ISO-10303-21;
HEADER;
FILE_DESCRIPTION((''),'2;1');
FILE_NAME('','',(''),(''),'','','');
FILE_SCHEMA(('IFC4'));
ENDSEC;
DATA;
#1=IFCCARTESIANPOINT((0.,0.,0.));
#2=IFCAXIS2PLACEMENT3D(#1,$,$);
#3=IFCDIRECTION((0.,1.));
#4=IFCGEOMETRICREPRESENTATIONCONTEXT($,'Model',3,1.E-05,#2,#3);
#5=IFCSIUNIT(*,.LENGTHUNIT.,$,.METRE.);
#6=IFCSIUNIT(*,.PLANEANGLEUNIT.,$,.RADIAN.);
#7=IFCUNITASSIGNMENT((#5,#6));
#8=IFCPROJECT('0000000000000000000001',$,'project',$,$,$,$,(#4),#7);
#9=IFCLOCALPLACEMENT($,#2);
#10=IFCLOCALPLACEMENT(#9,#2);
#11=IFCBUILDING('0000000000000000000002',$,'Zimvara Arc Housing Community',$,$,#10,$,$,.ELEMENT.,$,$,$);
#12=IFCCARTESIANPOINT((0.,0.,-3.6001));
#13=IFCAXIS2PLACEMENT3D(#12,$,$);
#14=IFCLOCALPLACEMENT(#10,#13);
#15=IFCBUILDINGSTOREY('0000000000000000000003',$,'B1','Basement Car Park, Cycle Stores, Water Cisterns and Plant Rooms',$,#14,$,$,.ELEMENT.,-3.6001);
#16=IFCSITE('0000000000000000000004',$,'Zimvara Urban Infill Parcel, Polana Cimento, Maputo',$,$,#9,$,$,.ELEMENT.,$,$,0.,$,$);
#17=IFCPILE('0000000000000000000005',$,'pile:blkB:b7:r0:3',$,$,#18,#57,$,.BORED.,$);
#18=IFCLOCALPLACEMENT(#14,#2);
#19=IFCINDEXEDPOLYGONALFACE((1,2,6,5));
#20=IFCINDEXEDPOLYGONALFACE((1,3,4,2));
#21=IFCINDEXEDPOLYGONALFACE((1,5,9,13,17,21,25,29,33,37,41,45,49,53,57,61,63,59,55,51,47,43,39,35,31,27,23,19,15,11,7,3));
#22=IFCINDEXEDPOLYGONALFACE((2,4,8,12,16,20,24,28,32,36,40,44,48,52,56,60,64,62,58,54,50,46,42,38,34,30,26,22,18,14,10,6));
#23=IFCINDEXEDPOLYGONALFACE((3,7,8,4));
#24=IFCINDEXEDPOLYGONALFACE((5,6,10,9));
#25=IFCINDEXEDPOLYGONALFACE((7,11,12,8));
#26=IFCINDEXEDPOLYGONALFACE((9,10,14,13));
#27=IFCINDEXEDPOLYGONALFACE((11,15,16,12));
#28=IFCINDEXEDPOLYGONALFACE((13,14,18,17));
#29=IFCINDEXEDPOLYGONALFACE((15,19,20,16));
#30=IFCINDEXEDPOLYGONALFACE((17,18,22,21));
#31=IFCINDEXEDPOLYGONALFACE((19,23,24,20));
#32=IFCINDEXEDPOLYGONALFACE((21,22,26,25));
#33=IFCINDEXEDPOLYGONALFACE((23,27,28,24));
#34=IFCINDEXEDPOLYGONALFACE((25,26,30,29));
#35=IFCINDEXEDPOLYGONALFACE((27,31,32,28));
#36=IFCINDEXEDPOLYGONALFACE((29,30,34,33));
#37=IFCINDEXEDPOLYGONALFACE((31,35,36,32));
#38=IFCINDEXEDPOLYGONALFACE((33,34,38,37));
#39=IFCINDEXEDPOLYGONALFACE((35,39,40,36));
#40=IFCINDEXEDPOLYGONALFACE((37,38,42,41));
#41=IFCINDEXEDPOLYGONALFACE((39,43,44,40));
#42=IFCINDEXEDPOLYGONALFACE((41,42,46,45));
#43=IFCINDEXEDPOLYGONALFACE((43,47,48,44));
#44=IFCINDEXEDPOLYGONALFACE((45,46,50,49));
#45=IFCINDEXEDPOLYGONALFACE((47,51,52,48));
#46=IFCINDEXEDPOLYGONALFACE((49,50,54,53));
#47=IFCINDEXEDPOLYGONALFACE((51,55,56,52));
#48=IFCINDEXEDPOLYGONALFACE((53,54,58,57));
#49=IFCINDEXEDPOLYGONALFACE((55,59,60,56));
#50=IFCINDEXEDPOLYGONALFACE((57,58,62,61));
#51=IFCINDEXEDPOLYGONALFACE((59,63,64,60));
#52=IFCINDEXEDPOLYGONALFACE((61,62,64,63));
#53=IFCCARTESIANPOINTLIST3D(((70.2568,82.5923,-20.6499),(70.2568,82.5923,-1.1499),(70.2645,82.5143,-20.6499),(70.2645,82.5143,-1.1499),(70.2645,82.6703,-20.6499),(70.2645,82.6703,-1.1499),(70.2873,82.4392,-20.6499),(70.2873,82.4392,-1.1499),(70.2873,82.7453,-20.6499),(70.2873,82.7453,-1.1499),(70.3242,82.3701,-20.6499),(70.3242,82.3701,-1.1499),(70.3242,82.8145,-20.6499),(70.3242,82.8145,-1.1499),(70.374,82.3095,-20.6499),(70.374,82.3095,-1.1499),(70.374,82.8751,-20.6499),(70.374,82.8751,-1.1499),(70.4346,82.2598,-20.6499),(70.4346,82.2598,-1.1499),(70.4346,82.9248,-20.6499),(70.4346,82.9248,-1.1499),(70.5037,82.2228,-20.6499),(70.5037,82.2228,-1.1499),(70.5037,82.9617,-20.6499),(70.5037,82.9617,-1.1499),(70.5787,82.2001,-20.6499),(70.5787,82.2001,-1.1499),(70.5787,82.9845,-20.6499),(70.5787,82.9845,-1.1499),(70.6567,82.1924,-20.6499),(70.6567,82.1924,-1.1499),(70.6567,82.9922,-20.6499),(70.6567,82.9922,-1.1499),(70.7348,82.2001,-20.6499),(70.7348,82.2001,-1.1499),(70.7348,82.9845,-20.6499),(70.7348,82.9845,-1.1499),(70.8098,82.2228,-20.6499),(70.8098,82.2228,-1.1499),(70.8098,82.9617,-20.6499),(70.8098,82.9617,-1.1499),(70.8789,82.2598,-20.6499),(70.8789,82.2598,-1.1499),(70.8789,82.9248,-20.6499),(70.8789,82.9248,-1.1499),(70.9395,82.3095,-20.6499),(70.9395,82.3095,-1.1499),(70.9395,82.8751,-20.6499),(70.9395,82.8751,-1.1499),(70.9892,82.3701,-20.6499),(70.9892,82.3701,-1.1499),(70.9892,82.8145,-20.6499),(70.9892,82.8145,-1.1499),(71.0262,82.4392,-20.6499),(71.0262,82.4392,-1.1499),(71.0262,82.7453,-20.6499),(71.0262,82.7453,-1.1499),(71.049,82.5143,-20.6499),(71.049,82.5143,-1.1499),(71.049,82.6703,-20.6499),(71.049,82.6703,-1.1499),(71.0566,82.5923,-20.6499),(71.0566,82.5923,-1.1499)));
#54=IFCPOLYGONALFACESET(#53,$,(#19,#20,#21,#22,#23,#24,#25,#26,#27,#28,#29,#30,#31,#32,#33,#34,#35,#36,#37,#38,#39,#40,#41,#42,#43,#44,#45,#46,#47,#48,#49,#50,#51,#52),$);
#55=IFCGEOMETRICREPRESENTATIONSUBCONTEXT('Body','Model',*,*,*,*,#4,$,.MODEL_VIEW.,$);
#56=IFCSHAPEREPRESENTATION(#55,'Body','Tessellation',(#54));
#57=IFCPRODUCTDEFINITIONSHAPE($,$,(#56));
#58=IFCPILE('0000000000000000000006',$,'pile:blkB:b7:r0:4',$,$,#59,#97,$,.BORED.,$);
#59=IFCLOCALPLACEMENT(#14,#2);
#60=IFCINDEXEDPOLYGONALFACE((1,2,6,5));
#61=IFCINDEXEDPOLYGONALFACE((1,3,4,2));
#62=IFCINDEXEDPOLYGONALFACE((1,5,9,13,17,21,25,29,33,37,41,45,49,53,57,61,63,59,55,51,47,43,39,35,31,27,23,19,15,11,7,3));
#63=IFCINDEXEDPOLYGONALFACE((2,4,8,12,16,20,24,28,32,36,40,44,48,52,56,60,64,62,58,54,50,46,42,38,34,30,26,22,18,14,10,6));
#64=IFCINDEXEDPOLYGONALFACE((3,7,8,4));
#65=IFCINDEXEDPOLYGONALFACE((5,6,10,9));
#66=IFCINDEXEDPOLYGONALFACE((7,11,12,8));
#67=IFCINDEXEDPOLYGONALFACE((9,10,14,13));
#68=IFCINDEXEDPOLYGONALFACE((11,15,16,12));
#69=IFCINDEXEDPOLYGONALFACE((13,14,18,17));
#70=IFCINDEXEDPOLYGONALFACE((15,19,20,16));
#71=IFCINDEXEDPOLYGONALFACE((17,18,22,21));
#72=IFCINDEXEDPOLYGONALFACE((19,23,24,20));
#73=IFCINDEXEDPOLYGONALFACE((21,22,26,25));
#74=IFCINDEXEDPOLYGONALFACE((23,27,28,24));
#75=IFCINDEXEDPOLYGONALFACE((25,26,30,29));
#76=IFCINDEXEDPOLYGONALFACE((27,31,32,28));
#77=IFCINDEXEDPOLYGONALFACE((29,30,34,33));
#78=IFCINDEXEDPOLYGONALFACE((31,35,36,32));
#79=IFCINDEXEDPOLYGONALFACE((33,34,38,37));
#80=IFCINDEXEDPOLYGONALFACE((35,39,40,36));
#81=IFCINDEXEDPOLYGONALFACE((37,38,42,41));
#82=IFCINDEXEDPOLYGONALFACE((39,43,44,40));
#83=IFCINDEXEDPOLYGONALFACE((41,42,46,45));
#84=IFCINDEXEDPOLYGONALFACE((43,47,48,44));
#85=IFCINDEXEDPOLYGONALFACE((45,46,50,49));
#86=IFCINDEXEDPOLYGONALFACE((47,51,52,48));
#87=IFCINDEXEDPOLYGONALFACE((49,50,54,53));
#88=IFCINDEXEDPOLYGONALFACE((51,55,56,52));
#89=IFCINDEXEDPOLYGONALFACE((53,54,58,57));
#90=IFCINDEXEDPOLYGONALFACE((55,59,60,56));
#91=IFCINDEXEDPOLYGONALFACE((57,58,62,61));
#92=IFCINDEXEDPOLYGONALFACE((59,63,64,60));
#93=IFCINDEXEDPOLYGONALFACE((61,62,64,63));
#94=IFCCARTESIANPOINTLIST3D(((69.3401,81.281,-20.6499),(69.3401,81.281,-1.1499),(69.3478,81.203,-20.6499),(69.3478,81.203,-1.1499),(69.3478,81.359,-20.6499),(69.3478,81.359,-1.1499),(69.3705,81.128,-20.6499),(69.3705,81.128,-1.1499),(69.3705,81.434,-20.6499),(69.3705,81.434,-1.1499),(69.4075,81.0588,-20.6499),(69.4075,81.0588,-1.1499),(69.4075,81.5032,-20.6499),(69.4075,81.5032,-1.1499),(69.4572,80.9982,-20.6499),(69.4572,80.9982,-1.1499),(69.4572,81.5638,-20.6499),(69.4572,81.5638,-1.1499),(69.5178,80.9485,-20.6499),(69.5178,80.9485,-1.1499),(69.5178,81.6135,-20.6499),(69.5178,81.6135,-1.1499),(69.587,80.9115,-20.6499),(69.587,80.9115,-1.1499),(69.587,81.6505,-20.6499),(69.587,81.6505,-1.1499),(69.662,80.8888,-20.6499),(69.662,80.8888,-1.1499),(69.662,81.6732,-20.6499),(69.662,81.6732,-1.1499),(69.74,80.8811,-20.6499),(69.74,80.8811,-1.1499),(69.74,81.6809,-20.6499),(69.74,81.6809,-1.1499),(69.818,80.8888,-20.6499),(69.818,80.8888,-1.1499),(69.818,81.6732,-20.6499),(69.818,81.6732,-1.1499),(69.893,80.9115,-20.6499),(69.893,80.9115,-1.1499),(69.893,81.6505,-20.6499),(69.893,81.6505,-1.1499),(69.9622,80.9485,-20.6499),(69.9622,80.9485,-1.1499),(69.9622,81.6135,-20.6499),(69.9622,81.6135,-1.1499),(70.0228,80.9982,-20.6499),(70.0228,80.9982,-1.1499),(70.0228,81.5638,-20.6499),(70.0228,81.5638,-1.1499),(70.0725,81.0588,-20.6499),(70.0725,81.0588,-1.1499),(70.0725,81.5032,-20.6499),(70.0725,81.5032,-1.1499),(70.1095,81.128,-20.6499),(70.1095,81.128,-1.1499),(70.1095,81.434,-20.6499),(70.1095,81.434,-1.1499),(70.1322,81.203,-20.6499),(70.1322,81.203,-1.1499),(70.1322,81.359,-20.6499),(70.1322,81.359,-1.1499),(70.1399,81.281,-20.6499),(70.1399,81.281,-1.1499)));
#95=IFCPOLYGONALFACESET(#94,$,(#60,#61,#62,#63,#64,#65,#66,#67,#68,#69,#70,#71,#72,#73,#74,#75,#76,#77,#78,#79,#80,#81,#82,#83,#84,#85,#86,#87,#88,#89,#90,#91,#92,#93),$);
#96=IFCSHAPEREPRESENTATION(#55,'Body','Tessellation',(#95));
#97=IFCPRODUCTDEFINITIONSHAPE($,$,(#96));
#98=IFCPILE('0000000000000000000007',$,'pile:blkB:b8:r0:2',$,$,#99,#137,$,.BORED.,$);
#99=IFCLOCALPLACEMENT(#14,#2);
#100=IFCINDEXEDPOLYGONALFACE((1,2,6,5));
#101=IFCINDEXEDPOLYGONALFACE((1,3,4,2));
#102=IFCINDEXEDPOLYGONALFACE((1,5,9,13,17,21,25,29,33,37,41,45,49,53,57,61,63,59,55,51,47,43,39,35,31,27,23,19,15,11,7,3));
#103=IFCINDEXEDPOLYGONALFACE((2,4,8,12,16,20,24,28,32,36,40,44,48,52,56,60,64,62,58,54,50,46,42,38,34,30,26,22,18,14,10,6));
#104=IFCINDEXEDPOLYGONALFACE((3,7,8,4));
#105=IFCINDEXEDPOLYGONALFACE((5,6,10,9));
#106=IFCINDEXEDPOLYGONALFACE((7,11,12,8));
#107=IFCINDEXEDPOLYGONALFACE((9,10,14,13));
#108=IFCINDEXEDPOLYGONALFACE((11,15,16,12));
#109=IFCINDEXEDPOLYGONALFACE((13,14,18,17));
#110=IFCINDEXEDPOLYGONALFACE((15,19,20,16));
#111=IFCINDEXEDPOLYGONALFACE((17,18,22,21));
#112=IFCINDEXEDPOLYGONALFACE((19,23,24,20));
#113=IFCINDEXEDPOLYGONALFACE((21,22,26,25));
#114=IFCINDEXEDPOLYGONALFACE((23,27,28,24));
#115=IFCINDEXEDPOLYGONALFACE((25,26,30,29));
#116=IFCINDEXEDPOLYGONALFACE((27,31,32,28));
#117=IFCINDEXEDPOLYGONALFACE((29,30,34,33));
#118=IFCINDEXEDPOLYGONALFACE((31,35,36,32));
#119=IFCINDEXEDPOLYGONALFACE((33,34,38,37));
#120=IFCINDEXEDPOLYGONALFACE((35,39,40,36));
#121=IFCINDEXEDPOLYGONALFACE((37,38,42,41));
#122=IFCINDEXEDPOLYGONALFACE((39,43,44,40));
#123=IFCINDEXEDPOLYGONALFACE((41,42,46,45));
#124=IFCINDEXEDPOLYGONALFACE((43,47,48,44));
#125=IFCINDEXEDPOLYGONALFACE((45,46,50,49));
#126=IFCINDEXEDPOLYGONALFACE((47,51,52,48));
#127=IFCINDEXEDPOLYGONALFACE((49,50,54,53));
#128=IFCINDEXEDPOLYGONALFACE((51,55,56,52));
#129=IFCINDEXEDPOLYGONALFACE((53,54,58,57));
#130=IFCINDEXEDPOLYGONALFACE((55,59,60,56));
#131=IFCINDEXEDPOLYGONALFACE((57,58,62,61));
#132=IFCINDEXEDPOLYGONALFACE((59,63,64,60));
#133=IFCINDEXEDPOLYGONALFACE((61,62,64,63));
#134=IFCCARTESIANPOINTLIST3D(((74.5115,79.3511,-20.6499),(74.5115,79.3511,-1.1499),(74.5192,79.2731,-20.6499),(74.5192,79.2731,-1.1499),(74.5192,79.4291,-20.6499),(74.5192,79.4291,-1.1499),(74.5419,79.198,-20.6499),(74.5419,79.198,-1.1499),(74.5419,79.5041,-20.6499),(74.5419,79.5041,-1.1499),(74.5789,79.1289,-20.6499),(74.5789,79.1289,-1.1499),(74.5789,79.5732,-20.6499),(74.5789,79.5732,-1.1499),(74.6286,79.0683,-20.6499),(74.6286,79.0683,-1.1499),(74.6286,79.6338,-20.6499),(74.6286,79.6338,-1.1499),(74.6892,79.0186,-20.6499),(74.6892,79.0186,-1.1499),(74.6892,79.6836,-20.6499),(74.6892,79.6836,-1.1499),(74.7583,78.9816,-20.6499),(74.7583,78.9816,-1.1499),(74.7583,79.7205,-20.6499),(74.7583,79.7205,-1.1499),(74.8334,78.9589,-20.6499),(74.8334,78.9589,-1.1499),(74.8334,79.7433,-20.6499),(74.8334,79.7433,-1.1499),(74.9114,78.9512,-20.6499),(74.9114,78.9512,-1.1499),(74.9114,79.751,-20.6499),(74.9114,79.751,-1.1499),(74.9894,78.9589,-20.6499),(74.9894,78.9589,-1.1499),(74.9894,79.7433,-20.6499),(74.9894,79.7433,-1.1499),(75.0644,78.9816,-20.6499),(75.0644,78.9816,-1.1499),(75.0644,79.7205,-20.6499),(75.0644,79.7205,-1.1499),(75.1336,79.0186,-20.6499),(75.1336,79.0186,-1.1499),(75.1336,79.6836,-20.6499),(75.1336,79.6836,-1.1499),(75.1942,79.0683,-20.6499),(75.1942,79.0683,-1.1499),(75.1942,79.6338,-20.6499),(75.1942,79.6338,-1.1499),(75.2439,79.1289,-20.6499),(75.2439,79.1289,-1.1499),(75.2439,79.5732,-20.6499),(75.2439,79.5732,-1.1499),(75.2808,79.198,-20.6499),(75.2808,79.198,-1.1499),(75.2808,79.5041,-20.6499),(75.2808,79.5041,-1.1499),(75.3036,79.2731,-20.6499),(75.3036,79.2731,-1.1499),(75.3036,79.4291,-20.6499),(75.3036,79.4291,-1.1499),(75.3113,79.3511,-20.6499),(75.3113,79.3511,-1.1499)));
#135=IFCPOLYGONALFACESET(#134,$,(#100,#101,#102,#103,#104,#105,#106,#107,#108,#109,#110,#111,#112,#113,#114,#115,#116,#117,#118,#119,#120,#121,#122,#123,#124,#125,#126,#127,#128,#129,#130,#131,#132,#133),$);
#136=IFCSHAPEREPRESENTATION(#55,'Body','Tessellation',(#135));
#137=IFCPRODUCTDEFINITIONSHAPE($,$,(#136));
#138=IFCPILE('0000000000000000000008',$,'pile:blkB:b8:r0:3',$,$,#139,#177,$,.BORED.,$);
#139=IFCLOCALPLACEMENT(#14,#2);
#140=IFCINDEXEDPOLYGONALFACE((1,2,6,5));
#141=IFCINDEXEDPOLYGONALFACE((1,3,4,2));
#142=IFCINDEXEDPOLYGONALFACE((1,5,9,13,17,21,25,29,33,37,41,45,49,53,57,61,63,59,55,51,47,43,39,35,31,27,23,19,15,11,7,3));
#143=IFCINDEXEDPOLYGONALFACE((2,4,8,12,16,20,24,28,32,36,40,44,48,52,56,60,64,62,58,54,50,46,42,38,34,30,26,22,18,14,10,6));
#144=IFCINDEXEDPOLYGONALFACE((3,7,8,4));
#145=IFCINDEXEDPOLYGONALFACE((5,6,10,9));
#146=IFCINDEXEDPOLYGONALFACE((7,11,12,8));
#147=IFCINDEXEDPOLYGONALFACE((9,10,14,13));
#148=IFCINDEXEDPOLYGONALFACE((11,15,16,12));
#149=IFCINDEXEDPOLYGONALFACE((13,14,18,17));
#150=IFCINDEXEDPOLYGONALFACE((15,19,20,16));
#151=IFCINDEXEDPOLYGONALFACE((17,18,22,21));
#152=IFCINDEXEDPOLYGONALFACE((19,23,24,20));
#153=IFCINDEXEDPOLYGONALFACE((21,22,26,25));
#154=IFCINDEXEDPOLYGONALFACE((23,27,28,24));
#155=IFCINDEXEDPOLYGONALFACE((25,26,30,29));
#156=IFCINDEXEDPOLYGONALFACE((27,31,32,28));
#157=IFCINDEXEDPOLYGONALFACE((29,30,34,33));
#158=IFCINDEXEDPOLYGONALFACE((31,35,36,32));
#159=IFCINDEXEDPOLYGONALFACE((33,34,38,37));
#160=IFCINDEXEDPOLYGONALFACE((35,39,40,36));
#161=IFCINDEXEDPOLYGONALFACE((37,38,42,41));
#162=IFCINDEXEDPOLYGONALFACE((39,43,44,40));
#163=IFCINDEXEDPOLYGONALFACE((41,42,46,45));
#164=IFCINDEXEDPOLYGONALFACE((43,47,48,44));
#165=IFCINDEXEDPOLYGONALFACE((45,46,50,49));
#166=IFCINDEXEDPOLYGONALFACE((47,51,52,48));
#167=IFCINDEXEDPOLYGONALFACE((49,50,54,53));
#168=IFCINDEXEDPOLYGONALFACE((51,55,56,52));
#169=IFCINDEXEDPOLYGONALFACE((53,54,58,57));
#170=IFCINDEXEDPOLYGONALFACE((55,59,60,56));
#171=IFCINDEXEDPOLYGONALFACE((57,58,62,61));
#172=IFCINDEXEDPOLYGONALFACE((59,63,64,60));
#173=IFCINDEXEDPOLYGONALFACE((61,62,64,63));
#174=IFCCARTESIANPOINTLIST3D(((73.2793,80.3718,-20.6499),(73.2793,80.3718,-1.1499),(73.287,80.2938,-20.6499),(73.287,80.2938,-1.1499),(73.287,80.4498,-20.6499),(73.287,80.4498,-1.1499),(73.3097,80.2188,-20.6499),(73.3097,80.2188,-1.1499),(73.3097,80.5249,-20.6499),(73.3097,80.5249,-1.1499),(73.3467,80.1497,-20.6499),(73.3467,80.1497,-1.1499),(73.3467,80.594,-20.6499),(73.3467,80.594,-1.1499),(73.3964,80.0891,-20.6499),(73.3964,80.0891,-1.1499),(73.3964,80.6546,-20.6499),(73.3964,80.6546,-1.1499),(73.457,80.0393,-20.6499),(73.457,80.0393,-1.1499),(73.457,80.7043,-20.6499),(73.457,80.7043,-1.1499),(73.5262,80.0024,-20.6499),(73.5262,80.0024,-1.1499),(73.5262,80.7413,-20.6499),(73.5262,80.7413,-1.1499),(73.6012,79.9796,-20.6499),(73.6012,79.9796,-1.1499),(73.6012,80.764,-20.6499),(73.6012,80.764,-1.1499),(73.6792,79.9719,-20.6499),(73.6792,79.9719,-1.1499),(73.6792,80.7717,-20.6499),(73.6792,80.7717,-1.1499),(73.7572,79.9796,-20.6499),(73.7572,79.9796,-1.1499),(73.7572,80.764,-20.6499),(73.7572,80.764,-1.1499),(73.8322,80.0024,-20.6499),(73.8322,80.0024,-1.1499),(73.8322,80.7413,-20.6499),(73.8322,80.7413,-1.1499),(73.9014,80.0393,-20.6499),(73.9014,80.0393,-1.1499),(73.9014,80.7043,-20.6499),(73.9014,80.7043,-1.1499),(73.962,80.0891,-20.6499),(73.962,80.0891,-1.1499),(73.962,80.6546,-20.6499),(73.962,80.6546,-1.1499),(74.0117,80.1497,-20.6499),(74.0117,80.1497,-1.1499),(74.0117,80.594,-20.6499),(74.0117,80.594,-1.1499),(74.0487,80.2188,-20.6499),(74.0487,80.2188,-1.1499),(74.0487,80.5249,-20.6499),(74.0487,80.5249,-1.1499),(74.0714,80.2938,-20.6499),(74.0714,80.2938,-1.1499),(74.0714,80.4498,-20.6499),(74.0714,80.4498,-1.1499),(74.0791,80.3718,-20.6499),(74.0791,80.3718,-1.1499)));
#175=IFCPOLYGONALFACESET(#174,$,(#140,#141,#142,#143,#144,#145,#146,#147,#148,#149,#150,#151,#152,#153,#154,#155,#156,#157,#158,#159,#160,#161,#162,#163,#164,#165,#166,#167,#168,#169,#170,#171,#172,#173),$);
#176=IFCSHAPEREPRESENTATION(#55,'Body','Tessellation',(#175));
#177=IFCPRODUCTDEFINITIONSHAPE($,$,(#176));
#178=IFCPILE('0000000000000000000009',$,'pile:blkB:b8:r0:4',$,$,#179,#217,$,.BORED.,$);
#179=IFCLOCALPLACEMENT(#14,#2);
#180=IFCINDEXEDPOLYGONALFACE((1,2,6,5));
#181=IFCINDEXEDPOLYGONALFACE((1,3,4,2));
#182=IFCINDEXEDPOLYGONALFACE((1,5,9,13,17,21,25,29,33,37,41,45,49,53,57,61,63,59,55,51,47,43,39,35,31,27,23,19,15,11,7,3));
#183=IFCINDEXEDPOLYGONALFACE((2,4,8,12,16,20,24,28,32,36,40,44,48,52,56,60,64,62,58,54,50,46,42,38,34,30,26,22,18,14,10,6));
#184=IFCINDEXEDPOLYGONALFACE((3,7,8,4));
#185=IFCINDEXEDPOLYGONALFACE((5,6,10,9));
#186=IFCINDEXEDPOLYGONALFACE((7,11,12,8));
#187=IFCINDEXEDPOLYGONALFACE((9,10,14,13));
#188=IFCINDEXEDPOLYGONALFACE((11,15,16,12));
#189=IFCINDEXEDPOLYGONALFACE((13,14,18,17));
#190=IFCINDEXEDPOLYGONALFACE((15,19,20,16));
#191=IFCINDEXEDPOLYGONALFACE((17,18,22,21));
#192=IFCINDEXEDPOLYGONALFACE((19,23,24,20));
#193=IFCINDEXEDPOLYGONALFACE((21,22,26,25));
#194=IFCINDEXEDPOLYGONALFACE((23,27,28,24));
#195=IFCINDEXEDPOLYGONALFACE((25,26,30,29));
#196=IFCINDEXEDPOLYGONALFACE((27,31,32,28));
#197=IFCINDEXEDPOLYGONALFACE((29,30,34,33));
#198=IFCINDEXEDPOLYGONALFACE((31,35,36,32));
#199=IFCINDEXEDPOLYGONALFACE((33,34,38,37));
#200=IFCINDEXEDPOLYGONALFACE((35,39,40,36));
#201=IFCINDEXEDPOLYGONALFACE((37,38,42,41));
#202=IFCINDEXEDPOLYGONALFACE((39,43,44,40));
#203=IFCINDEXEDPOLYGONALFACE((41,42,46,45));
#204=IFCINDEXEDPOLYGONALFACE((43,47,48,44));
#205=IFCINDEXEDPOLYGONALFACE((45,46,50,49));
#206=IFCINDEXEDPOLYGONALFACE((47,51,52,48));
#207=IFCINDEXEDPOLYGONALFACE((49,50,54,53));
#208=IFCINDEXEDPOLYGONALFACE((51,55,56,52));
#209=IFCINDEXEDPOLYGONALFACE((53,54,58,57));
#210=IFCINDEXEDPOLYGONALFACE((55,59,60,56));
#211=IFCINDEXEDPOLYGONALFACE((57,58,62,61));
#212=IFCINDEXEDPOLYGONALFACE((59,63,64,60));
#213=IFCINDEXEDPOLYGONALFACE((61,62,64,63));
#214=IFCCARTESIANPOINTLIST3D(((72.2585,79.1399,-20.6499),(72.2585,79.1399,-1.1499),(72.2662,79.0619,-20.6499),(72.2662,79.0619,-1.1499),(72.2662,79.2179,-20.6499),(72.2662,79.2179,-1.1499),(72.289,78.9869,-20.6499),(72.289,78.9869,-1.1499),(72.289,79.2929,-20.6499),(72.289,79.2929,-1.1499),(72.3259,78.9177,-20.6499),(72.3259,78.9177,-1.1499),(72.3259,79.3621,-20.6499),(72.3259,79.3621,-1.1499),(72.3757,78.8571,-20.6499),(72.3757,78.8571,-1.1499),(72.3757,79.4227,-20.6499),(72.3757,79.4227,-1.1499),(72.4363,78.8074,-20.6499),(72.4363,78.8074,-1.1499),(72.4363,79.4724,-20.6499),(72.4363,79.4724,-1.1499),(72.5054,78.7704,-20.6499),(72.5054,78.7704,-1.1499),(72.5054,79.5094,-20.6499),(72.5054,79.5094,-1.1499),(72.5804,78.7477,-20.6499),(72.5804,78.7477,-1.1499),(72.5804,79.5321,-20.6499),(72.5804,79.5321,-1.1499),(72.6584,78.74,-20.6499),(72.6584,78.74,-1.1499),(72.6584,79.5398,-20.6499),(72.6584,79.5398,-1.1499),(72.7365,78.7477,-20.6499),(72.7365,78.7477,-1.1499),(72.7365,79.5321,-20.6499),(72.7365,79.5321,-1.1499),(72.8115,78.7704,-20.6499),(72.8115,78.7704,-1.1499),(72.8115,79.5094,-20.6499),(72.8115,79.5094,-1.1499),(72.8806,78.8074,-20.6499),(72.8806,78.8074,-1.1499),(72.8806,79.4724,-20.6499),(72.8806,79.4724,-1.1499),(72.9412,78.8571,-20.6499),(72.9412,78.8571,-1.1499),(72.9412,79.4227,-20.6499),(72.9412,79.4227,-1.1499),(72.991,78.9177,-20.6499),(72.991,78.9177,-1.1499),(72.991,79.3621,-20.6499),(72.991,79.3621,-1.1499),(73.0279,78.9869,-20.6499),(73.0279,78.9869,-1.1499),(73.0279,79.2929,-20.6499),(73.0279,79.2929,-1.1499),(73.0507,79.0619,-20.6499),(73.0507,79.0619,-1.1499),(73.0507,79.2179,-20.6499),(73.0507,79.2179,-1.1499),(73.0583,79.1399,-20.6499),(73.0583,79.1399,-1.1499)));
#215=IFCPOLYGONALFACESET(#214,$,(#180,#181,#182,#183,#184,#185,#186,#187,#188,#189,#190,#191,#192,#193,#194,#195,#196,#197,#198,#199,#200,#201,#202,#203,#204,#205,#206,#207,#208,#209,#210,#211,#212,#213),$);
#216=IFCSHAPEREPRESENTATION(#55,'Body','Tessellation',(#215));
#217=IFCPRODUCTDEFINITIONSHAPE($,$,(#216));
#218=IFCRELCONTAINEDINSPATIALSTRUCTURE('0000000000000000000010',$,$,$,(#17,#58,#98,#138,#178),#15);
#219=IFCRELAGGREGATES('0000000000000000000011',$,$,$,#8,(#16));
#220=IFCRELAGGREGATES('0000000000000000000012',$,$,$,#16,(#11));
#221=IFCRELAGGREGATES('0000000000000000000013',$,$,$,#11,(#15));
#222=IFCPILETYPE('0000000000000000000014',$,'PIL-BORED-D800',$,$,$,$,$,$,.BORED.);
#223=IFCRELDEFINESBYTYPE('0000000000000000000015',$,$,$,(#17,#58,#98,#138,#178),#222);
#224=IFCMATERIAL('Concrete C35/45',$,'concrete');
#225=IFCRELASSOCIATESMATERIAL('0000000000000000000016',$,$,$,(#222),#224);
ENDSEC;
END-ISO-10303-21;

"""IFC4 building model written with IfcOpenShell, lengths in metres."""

from ifc_helpers import new_model, si_unit, direction, frame, origin, origin_2d, place, context, subcontext, project, spatial, circle, extrude, material, material_profile, profile_set, type_object, element, save


model = new_model("IFC4")

# Units and contexts
model_context = context("Model", 3, precision=1e-05, world=origin(), true_north=direction((0.0, 1.0)))
body_context = subcontext(model_context, "Body", "Model", "MODEL_VIEW")
ifc_project = project(units=[si_unit("LENGTHUNIT", "METRE"), si_unit("PLANEANGLEUNIT", "RADIAN")], contexts=[model_context])

# Site, building, storey
site_placement = place(None, origin())
site = spatial("IfcSite", under=ifc_project, at=site_placement, Name="Zimvara Urban Infill Parcel, Polana Cimento, Maputo", CompositionType="ELEMENT", RefElevation=0.0)
building_placement = place(site_placement, origin())
building = spatial("IfcBuilding", under=site, at=building_placement, Name="Zimvara Arc Housing Community", CompositionType="ELEMENT")
storey_placement = place(building_placement, frame((0.0, 0.0, -3.6001)))
storey = spatial("IfcBuildingStorey", under=building, at=storey_placement, Name="B1", Description="Basement Car Park, Cycle Stores, Water Cisterns and Plant Rooms", CompositionType="ELEMENT", Elevation=-3.6001)

# Piles
ifc_material_1 = material(Name="Concrete C35/45", Category="concrete")
ifc_material_profile_1 = material_profile(ifc_material_1, circle(Radius=0.3999, at=origin_2d()), Name="PILE D800")
ifc_profile_set_1 = profile_set([ifc_material_profile_1], Name="Concrete C35/45")
pile_type = type_object("IfcPileType", Name="PIL-BORED-D800", PredefinedType="BORED", material=ifc_profile_set_1)
for number, where, z_axis, x_axis, name in (
    (1, (70.6567, 82.5923, -1.1499), (0.0, 0.0, -1.0), (1.0, 0.0, 0.0), "pile:blkB:b7:r0:3"),
    (2, (69.74, 81.281, -1.1499), (0.0, 0.0, -1.0), (1.0, 0.0, 0.0), "pile:blkB:b7:r0:4"),
    (3, (74.9114, 79.3511, -1.1499), (0.0, 0.0, -1.0), (1.0, 0.0, 0.0), "pile:blkB:b8:r0:2"),
    (4, (73.6792, 80.3718, -1.1499), (0.0, 0.0, -1.0), (1.0, 0.0, 0.0), "pile:blkB:b8:r0:3"),
    (5, (72.6584, 79.1399, -1.1499), (0.0, 0.0, -1.0), (1.0, 0.0, 0.0), "pile:blkB:b8:r0:4"),
):
    element("IfcPile", number, at=place(storey_placement, frame(where, z_axis=z_axis, x_axis=x_axis)), inside=storey, type_object=pile_type, Name=name, PredefinedType="BORED", context=body_context, shape_type="SweptSolid", body=[
        extrude(circle(Radius=0.3999, at=origin_2d()), origin(), (0.0, 0.0, 1.0), 19.5),
    ])

save(model, "model.ifc")
